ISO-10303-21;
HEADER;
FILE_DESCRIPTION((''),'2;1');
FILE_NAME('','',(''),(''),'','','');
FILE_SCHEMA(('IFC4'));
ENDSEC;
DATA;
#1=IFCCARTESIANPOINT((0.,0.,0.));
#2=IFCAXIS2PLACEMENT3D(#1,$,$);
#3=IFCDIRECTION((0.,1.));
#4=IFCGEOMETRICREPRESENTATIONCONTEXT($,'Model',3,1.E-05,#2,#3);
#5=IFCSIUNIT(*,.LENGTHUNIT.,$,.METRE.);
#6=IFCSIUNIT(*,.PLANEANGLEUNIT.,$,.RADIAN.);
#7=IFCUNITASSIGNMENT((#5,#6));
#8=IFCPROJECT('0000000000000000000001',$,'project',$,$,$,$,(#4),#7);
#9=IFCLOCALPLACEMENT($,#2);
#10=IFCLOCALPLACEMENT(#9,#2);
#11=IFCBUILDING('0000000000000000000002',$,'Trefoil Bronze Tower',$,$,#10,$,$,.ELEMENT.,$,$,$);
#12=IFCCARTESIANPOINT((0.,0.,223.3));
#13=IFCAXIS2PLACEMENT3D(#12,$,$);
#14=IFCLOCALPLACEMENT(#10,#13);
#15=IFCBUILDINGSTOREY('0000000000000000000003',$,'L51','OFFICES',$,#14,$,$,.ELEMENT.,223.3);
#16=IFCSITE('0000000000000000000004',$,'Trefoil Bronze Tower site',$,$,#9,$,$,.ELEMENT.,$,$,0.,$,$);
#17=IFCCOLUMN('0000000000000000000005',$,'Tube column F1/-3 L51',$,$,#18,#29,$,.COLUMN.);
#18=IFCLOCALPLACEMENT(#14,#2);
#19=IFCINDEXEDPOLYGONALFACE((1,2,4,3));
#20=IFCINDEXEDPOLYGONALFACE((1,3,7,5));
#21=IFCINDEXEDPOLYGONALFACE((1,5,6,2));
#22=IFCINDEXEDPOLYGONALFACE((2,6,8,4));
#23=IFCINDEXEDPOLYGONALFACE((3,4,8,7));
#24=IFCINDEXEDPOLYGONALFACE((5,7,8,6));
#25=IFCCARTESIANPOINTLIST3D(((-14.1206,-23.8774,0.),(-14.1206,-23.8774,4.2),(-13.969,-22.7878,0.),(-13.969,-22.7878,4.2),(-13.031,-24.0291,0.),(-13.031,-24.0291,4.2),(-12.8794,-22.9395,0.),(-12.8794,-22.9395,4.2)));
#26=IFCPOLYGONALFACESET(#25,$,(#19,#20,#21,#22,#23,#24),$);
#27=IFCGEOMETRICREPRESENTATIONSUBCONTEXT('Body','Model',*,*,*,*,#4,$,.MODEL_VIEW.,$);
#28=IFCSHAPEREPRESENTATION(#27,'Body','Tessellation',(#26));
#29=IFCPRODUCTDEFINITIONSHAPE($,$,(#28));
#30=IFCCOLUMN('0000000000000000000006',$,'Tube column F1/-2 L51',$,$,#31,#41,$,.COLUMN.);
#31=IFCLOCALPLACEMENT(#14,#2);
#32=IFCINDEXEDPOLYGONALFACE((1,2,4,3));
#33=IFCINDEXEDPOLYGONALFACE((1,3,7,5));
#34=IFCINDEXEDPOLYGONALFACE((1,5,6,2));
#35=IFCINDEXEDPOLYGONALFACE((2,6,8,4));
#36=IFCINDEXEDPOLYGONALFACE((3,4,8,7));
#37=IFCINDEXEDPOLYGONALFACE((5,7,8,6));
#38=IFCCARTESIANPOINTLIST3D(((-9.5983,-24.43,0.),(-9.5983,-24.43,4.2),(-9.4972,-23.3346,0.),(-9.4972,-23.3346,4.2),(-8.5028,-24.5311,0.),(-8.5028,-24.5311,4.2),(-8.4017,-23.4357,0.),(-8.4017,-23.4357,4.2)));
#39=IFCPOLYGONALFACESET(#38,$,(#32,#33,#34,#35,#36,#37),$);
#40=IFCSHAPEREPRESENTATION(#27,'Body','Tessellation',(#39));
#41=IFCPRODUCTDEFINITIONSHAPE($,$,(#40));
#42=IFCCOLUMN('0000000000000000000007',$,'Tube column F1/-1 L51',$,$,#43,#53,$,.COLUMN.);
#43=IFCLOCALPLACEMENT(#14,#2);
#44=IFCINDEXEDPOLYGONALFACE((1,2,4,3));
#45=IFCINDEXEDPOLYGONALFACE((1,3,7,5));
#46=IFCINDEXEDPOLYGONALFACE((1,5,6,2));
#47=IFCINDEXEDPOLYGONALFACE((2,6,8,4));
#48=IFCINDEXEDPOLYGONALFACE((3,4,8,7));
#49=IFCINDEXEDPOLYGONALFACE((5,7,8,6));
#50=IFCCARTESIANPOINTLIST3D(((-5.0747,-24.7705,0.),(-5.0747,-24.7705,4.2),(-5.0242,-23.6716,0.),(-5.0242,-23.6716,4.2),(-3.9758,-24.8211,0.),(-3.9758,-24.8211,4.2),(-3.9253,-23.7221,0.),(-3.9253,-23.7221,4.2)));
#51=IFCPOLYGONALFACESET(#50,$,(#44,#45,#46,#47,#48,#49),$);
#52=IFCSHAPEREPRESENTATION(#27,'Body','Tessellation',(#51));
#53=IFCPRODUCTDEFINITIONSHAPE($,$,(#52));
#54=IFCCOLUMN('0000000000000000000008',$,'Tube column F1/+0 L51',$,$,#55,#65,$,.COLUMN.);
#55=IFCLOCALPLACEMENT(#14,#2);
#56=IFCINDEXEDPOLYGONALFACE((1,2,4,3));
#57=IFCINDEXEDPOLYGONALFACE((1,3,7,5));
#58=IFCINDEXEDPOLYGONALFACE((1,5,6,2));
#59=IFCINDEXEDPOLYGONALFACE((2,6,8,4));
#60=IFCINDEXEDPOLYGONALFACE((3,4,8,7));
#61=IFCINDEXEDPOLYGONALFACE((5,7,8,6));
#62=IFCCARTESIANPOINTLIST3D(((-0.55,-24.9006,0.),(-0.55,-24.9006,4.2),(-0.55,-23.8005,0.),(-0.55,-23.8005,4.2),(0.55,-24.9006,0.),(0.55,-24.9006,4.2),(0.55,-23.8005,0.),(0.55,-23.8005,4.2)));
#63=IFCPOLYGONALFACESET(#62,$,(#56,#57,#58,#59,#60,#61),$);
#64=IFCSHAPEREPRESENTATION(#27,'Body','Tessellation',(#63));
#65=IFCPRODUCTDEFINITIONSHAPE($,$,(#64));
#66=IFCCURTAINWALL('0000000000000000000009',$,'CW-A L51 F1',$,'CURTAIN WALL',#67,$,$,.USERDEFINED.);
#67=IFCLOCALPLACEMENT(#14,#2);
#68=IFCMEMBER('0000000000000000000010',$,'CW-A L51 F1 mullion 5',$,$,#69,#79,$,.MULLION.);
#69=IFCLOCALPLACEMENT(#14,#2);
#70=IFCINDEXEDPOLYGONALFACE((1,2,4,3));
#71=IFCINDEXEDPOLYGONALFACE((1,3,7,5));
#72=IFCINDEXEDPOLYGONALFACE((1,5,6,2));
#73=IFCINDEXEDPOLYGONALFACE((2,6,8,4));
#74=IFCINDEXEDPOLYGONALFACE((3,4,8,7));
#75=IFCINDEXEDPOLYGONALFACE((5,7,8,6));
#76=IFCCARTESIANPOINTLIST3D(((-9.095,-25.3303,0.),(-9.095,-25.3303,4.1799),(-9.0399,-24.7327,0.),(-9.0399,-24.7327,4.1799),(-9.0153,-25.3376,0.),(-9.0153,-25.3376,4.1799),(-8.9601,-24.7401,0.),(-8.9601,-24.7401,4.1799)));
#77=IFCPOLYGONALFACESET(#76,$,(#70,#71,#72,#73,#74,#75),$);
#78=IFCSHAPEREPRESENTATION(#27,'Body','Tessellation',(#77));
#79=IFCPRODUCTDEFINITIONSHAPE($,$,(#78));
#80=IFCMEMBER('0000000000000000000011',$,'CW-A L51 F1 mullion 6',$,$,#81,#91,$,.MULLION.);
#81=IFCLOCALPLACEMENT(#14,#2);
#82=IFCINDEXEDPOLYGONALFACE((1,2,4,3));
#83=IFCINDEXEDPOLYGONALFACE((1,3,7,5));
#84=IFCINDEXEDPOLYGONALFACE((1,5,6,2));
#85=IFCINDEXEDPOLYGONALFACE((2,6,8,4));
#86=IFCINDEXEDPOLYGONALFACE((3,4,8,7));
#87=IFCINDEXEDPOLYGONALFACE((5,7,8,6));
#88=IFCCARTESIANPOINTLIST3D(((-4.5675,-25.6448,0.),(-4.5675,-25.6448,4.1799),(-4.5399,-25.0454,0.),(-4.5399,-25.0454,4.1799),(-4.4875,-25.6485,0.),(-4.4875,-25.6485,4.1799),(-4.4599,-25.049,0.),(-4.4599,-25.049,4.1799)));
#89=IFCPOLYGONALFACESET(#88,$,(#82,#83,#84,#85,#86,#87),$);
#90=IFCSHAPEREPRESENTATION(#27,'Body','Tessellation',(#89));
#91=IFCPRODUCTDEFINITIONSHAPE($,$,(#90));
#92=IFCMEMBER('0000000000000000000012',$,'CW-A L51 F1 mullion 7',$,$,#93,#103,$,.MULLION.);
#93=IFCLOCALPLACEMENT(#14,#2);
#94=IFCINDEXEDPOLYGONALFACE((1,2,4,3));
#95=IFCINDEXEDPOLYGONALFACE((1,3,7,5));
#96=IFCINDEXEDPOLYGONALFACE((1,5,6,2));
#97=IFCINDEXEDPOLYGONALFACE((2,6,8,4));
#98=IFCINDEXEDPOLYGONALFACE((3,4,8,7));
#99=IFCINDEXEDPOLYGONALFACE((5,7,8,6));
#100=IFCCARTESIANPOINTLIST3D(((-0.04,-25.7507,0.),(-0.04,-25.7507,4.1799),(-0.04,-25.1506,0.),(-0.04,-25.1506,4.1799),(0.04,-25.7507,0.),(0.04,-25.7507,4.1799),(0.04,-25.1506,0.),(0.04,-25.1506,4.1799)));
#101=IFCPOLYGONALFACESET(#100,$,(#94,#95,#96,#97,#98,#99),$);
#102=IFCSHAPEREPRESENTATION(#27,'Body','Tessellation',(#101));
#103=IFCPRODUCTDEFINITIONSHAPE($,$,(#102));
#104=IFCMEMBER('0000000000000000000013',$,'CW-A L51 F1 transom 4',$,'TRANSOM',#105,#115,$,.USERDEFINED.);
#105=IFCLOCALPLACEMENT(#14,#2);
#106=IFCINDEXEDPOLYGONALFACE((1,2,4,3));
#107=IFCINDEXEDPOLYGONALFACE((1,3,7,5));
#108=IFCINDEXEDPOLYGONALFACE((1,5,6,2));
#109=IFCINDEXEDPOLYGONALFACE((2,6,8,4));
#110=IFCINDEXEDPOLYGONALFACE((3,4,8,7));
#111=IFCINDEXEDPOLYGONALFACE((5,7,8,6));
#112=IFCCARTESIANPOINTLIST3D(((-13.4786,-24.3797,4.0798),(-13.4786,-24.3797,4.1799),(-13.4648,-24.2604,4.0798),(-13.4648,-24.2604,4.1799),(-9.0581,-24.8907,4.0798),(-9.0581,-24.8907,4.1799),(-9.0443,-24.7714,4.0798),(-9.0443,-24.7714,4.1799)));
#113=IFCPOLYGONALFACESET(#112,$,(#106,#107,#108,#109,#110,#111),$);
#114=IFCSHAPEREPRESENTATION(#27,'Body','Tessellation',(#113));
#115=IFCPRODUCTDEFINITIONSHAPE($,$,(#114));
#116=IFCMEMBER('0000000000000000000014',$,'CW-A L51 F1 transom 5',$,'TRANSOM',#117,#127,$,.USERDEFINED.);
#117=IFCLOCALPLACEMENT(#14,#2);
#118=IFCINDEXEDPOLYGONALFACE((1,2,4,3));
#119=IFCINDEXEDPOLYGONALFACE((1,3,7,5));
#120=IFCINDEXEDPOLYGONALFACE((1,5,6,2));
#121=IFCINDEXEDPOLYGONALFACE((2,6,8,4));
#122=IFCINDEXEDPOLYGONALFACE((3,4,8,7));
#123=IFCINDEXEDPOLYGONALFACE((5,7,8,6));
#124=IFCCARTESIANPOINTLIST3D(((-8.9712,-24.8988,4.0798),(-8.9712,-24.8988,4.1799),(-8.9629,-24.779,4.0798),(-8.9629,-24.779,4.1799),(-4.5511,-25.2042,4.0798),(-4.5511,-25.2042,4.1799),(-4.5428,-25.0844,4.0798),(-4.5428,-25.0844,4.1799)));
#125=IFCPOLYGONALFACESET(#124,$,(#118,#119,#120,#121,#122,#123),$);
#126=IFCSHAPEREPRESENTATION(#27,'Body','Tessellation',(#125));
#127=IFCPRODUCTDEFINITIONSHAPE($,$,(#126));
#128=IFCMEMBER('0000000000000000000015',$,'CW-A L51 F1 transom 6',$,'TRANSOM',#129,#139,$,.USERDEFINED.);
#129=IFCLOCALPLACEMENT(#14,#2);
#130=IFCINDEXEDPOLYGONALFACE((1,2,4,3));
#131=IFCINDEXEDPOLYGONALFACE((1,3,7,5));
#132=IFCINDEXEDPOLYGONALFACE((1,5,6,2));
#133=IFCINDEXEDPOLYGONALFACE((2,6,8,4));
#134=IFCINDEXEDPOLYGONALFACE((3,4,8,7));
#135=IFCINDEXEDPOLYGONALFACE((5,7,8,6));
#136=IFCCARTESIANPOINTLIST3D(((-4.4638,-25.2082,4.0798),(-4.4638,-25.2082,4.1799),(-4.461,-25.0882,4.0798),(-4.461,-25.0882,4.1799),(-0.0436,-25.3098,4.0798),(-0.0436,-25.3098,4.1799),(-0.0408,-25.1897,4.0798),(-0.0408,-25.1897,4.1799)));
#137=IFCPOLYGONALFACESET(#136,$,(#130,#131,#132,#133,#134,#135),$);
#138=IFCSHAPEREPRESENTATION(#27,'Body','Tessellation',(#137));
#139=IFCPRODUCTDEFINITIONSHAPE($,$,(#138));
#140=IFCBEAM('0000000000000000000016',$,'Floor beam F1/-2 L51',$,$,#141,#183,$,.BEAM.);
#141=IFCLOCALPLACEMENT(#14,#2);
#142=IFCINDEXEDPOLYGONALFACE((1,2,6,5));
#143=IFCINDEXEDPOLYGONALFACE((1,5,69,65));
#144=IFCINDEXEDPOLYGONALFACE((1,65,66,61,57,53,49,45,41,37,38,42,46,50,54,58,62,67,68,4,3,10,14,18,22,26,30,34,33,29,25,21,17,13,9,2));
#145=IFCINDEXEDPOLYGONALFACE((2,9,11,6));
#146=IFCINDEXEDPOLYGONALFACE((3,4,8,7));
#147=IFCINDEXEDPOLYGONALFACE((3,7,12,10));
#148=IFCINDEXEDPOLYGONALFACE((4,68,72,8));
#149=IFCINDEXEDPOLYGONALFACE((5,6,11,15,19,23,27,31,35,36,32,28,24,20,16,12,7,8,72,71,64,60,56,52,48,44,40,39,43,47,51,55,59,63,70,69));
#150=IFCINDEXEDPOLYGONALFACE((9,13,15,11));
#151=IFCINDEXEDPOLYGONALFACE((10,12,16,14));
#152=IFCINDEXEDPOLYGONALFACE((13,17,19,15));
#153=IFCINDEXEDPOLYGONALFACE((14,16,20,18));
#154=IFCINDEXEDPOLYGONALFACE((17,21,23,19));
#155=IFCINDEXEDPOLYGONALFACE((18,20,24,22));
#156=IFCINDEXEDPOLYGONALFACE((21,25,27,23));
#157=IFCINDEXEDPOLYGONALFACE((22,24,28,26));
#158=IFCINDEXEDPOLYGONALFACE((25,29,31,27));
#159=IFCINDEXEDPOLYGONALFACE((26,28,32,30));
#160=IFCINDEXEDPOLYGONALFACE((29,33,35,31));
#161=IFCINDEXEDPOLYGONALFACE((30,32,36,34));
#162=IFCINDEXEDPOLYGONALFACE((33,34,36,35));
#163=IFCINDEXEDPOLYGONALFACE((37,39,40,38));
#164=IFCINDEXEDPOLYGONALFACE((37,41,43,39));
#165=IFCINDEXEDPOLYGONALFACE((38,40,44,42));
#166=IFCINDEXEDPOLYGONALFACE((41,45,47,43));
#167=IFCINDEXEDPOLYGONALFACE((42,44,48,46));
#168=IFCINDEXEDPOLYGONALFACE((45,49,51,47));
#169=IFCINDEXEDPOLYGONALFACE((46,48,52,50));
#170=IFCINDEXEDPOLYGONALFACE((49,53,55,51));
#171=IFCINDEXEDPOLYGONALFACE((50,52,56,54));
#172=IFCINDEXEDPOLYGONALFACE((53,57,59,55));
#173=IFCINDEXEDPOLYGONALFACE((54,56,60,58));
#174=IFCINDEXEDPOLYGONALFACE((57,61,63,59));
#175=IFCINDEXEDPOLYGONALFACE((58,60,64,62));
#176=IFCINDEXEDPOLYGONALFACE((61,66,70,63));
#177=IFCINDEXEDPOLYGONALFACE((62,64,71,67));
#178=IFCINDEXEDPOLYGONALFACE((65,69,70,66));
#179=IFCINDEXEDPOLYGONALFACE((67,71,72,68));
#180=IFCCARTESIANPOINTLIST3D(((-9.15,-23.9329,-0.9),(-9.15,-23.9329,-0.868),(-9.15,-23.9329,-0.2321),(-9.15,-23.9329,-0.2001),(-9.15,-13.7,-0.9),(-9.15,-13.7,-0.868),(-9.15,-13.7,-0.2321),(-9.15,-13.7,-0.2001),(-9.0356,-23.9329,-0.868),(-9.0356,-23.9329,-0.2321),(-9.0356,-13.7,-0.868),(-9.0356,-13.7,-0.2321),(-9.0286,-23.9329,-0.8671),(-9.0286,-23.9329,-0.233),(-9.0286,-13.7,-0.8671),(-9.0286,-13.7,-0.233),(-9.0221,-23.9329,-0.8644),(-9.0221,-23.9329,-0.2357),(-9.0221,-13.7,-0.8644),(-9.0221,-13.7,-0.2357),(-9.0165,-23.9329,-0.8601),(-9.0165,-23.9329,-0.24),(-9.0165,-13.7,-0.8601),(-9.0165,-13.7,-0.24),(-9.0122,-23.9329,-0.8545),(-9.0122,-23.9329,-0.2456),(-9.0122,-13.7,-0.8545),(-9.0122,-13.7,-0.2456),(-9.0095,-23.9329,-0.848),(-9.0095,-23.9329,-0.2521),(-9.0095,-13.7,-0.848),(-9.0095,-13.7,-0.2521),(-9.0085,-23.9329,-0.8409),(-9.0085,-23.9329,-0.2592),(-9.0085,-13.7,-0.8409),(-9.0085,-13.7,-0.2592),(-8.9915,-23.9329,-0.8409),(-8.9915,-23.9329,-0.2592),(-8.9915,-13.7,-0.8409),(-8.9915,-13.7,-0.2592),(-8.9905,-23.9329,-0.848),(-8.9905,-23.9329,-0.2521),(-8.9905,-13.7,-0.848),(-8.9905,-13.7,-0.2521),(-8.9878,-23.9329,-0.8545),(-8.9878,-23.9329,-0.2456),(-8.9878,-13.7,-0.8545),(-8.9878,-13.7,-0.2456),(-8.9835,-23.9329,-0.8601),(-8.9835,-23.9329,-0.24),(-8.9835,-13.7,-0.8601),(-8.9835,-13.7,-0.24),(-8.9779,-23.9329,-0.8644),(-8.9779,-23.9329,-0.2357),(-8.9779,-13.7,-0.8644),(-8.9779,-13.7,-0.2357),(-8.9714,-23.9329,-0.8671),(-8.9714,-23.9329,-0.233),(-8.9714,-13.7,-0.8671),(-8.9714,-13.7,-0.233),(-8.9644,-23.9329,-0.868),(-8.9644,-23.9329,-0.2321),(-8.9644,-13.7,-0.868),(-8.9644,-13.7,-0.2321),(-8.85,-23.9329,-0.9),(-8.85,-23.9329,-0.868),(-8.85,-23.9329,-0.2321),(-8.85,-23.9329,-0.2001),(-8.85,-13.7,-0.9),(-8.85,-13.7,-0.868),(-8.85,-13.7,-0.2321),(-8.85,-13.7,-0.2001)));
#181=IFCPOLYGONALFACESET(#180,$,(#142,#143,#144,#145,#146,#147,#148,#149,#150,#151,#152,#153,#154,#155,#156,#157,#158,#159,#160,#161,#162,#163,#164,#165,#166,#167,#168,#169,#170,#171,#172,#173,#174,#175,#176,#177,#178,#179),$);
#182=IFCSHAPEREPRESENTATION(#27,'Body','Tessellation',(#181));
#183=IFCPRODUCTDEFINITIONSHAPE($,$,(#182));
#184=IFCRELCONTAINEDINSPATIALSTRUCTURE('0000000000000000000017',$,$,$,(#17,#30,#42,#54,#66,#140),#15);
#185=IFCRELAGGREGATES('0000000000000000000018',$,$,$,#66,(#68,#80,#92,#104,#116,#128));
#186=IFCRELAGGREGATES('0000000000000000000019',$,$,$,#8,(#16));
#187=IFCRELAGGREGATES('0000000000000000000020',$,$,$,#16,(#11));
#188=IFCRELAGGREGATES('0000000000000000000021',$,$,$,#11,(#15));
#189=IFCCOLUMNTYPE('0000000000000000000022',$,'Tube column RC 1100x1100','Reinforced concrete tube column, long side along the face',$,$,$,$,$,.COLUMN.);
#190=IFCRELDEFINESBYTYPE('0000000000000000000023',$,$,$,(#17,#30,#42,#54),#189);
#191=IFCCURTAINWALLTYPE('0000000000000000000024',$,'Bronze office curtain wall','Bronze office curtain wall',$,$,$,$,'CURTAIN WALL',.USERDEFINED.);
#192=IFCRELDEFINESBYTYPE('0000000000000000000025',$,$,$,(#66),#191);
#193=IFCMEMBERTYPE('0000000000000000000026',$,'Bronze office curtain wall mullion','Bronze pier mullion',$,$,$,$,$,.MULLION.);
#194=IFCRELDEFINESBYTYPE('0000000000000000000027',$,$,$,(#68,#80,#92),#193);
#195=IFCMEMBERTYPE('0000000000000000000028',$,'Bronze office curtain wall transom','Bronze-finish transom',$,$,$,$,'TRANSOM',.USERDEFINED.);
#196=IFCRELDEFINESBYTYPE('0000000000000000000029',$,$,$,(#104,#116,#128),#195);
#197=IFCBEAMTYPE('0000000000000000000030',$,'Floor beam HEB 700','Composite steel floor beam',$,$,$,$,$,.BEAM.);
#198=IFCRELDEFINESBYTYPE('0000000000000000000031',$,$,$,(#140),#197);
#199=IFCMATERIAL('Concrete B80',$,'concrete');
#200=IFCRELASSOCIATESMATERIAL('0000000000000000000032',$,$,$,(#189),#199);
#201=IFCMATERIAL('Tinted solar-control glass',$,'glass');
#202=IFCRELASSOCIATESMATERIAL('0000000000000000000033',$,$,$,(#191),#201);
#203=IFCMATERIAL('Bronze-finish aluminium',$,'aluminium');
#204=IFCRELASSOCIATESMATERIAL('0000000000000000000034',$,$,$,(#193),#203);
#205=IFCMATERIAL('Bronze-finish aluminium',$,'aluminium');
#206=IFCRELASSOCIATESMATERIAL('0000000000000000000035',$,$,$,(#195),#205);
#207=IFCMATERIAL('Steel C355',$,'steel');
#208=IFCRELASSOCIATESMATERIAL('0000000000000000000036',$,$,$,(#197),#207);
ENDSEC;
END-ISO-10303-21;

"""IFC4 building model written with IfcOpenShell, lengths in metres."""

from ifc_helpers import new_model, si_unit, direction, frame, origin, origin_2d, place, context, subcontext, project, spatial, rectangle, i_section, extrude, material, material_profile, profile_set, type_object, element, aggregate, save


model = new_model("IFC4")

# Units and contexts
model_context = context("Model", 3, precision=1e-05, world=origin(), true_north=direction((0.0, 1.0)))
body_context = subcontext(model_context, "Body", "Model", "MODEL_VIEW")
ifc_project = project(units=[si_unit("LENGTHUNIT", "METRE"), si_unit("PLANEANGLEUNIT", "RADIAN")], contexts=[model_context])

# Site, building, storey
site_placement = place(None, origin())
site = spatial("IfcSite", under=ifc_project, at=site_placement, Name="Trefoil Bronze Tower site", CompositionType="ELEMENT", RefElevation=0.0)
building_placement = place(site_placement, origin())
building = spatial("IfcBuilding", under=site, at=building_placement, Name="Trefoil Bronze Tower", CompositionType="ELEMENT")
storey_placement = place(building_placement, frame((0.0, 0.0, 223.3)))
storey = spatial("IfcBuildingStorey", under=building, at=storey_placement, Name="L51", Description="OFFICES", CompositionType="ELEMENT", Elevation=223.3)

# Columns
ifc_material_1 = material(Name="Concrete B80", Category="concrete")
ifc_material_profile_1 = material_profile(ifc_material_1, rectangle(XDim=1.1001, YDim=1.1001, at=origin_2d()), Name="RC 1100x1100")
ifc_profile_set_1 = profile_set([ifc_material_profile_1], Name="Concrete B80")
column_type = type_object("IfcColumnType", Name="Tube column RC 1100x1100", Description="Reinforced concrete tube column, long side along the face", PredefinedType="COLUMN", material=ifc_profile_set_1)
for number, where, z_axis, x_axis, name in (
    (1, (-13.5, -23.4084, 0.0), (0.0, 0.0, 1.0), (0.990451, -0.137868, 0.0), "Tube column F1/-3 L51"),
    (2, (-9.0, -23.9329, 0.0), (0.0, 0.0, 1.0), (0.995767, -0.091911, 0.0), "Tube column F1/-2 L51"),
    (3, (-4.5, -24.2463, 0.0), (0.0, 0.0, 1.0), (0.998943, -0.045956, 0.0), "Tube column F1/-1 L51"),
    (4, (0.0, -24.3506, 0.0), (0.0, 0.0, 1.0), (1.0, 0.0, 0.0), "Tube column F1/+0 L51"),
):
    element("IfcColumn", number, at=place(storey_placement, frame(where, z_axis=z_axis, x_axis=x_axis)), inside=storey, type_object=column_type, Name=name, PredefinedType="COLUMN", context=body_context, shape_type="SweptSolid", body=[
        extrude(rectangle(XDim=1.1001, YDim=1.1001, at=origin_2d()), origin(), (0.0, 0.0, 1.0), 4.2),
    ])

# Curtain wall, members
ifc_material_2 = material(Name="Tinted solar-control glass", Category="glass")
curtain_wall_type = type_object("IfcCurtainWallType", Name="Bronze office curtain wall", Description="Bronze office curtain wall", ElementType="CURTAIN WALL", PredefinedType="USERDEFINED", material=ifc_material_2)
curtain_wall_placement = place(storey_placement, origin())
curtain_wall = element("IfcCurtainWall", 5, at=curtain_wall_placement, inside=storey, type_object=curtain_wall_type, Name="CW-A L51 F1", ObjectType="CURTAIN WALL", PredefinedType="USERDEFINED")
ifc_material_3 = material(Name="Bronze-finish aluminium", Category="aluminium")
ifc_material_profile_2 = material_profile(ifc_material_3, rectangle(XDim=0.6001, YDim=0.0801, at=origin_2d()), Name="CW-A mullion")
ifc_profile_set_2 = profile_set([ifc_material_profile_2], Name="Bronze-finish aluminium")
member_type_1 = type_object("IfcMemberType", Name="Bronze office curtain wall mullion", Description="Bronze pier mullion", PredefinedType="MULLION", material=ifc_profile_set_2)
member_1_placement = place(storey_placement, frame((-9.0276, -25.0352, 0.0), z_axis=(0.0, 0.0, 1.0), x_axis=(0.091911, 0.995767, 0.0)))
member_1 = element("IfcMember", 6, at=member_1_placement, type_object=member_type_1, Name="CW-A L51 F1 mullion 5", PredefinedType="MULLION", context=body_context, shape_type="SweptSolid", body=[
    extrude(rectangle(XDim=0.6001, YDim=0.0801, at=origin_2d()), origin(), (0.0, 0.0, 1.0), 4.1799),
])
member_2_placement = place(storey_placement, frame((-4.5137, -25.3469, 0.0), z_axis=(0.0, 0.0, 1.0), x_axis=(0.045956, 0.998943, 0.0)))
member_2 = element("IfcMember", 7, at=member_2_placement, type_object=member_type_1, Name="CW-A L51 F1 mullion 6", PredefinedType="MULLION", context=body_context, shape_type="SweptSolid", body=[
    extrude(rectangle(XDim=0.6001, YDim=0.0801, at=origin_2d()), origin(), (0.0, 0.0, 1.0), 4.1799),
])
member_3_placement = place(storey_placement, frame((0.0, -25.4507, 0.0), z_axis=(0.0, 0.0, 1.0), x_axis=(0.0, 1.0, 0.0)))
member_3 = element("IfcMember", 8, at=member_3_placement, type_object=member_type_1, Name="CW-A L51 F1 mullion 7", PredefinedType="MULLION", context=body_context, shape_type="SweptSolid", body=[
    extrude(rectangle(XDim=0.6001, YDim=0.0801, at=origin_2d()), origin(), (0.0, 0.0, 1.0), 4.1799),
])
ifc_material_4 = material(Name="Bronze-finish aluminium", Category="aluminium")
ifc_material_profile_3 = material_profile(ifc_material_4, rectangle(XDim=0.1201, YDim=0.1001, at=origin_2d()), Name="CW-A transom")
ifc_profile_set_3 = profile_set([ifc_material_profile_3], Name="Bronze-finish aluminium")
member_type_2 = type_object("IfcMemberType", Name="Bronze office curtain wall transom", Description="Bronze-finish transom", ElementType="TRANSOM", PredefinedType="USERDEFINED", material=ifc_profile_set_3)
member_4_placement = place(storey_placement, frame((-13.4717, -24.3201, 4.1299), z_axis=(0.993385, -0.114832, 0.0), x_axis=(0.114832, 0.993385, 0.0)))
member_4 = element("IfcMember", 9, at=member_4_placement, type_object=member_type_2, Name="CW-A L51 F1 transom 4", ObjectType="TRANSOM", PredefinedType="USERDEFINED", context=body_context, shape_type="SweptSolid", body=[
    extrude(rectangle(XDim=0.1201, YDim=0.1001, at=origin_2d()), origin(), (0.0, 0.0, 1.0), 4.45),
])
member_5_placement = place(storey_placement, frame((-8.967, -24.8389, 4.1299), z_axis=(0.997621, -0.068933, 0.0), x_axis=(0.068933, 0.997621, 0.0)))
member_5 = element("IfcMember", 10, at=member_5_placement, type_object=member_type_2, Name="CW-A L51 F1 transom 5", ObjectType="TRANSOM", PredefinedType="USERDEFINED", context=body_context, shape_type="SweptSolid", body=[
    extrude(rectangle(XDim=0.1201, YDim=0.1001, at=origin_2d()), origin(), (0.0, 0.0, 1.0), 4.4307),
])
member_6_placement = place(storey_placement, frame((-4.4624, -25.1482, 4.1299), z_axis=(0.999736, -0.022971, 0.0), x_axis=(0.022971, 0.999736, 0.0)))
member_6 = element("IfcMember", 11, at=member_6_placement, type_object=member_type_2, Name="CW-A L51 F1 transom 6", ObjectType="TRANSOM", PredefinedType="USERDEFINED", context=body_context, shape_type="SweptSolid", body=[
    extrude(rectangle(XDim=0.1201, YDim=0.1001, at=origin_2d()), origin(), (0.0, 0.0, 1.0), 4.4214),
])

# Beam
ifc_material_5 = material(Name="Steel C355", Category="steel")
ifc_material_profile_4 = material_profile(ifc_material_5, i_section(OverallWidth=0.3, OverallDepth=0.7, WebThickness=0.0171, FlangeThickness=0.032, FilletRadius=0.0271, at=origin_2d()), Name="HEB 700")
ifc_profile_set_4 = profile_set([ifc_material_profile_4], Name="Steel C355")
beam_type_1 = type_object("IfcBeamType", Name="Floor beam HEB 700", Description="Composite steel floor beam", PredefinedType="BEAM", material=ifc_profile_set_4)
beam_1_placement = place(storey_placement, frame((-9.0, -23.9329, -0.55), z_axis=(0.0, 1.0, 0.0), x_axis=(-1.0, 0.0, 0.0)))
element("IfcBeam", 12, at=beam_1_placement, inside=storey, type_object=beam_type_1, Name="Floor beam F1/-2 L51", PredefinedType="BEAM", context=body_context, shape_type="SweptSolid", body=[
    extrude(i_section(OverallWidth=0.3, OverallDepth=0.7, WebThickness=0.0171, FlangeThickness=0.032, FilletRadius=0.0271, at=origin_2d()), origin(), (0.0, 0.0, 1.0), 10.2329),
])

aggregate(curtain_wall, [member_1, member_2, member_3, member_4, member_5, member_6])

save(model, "model.ifc")
